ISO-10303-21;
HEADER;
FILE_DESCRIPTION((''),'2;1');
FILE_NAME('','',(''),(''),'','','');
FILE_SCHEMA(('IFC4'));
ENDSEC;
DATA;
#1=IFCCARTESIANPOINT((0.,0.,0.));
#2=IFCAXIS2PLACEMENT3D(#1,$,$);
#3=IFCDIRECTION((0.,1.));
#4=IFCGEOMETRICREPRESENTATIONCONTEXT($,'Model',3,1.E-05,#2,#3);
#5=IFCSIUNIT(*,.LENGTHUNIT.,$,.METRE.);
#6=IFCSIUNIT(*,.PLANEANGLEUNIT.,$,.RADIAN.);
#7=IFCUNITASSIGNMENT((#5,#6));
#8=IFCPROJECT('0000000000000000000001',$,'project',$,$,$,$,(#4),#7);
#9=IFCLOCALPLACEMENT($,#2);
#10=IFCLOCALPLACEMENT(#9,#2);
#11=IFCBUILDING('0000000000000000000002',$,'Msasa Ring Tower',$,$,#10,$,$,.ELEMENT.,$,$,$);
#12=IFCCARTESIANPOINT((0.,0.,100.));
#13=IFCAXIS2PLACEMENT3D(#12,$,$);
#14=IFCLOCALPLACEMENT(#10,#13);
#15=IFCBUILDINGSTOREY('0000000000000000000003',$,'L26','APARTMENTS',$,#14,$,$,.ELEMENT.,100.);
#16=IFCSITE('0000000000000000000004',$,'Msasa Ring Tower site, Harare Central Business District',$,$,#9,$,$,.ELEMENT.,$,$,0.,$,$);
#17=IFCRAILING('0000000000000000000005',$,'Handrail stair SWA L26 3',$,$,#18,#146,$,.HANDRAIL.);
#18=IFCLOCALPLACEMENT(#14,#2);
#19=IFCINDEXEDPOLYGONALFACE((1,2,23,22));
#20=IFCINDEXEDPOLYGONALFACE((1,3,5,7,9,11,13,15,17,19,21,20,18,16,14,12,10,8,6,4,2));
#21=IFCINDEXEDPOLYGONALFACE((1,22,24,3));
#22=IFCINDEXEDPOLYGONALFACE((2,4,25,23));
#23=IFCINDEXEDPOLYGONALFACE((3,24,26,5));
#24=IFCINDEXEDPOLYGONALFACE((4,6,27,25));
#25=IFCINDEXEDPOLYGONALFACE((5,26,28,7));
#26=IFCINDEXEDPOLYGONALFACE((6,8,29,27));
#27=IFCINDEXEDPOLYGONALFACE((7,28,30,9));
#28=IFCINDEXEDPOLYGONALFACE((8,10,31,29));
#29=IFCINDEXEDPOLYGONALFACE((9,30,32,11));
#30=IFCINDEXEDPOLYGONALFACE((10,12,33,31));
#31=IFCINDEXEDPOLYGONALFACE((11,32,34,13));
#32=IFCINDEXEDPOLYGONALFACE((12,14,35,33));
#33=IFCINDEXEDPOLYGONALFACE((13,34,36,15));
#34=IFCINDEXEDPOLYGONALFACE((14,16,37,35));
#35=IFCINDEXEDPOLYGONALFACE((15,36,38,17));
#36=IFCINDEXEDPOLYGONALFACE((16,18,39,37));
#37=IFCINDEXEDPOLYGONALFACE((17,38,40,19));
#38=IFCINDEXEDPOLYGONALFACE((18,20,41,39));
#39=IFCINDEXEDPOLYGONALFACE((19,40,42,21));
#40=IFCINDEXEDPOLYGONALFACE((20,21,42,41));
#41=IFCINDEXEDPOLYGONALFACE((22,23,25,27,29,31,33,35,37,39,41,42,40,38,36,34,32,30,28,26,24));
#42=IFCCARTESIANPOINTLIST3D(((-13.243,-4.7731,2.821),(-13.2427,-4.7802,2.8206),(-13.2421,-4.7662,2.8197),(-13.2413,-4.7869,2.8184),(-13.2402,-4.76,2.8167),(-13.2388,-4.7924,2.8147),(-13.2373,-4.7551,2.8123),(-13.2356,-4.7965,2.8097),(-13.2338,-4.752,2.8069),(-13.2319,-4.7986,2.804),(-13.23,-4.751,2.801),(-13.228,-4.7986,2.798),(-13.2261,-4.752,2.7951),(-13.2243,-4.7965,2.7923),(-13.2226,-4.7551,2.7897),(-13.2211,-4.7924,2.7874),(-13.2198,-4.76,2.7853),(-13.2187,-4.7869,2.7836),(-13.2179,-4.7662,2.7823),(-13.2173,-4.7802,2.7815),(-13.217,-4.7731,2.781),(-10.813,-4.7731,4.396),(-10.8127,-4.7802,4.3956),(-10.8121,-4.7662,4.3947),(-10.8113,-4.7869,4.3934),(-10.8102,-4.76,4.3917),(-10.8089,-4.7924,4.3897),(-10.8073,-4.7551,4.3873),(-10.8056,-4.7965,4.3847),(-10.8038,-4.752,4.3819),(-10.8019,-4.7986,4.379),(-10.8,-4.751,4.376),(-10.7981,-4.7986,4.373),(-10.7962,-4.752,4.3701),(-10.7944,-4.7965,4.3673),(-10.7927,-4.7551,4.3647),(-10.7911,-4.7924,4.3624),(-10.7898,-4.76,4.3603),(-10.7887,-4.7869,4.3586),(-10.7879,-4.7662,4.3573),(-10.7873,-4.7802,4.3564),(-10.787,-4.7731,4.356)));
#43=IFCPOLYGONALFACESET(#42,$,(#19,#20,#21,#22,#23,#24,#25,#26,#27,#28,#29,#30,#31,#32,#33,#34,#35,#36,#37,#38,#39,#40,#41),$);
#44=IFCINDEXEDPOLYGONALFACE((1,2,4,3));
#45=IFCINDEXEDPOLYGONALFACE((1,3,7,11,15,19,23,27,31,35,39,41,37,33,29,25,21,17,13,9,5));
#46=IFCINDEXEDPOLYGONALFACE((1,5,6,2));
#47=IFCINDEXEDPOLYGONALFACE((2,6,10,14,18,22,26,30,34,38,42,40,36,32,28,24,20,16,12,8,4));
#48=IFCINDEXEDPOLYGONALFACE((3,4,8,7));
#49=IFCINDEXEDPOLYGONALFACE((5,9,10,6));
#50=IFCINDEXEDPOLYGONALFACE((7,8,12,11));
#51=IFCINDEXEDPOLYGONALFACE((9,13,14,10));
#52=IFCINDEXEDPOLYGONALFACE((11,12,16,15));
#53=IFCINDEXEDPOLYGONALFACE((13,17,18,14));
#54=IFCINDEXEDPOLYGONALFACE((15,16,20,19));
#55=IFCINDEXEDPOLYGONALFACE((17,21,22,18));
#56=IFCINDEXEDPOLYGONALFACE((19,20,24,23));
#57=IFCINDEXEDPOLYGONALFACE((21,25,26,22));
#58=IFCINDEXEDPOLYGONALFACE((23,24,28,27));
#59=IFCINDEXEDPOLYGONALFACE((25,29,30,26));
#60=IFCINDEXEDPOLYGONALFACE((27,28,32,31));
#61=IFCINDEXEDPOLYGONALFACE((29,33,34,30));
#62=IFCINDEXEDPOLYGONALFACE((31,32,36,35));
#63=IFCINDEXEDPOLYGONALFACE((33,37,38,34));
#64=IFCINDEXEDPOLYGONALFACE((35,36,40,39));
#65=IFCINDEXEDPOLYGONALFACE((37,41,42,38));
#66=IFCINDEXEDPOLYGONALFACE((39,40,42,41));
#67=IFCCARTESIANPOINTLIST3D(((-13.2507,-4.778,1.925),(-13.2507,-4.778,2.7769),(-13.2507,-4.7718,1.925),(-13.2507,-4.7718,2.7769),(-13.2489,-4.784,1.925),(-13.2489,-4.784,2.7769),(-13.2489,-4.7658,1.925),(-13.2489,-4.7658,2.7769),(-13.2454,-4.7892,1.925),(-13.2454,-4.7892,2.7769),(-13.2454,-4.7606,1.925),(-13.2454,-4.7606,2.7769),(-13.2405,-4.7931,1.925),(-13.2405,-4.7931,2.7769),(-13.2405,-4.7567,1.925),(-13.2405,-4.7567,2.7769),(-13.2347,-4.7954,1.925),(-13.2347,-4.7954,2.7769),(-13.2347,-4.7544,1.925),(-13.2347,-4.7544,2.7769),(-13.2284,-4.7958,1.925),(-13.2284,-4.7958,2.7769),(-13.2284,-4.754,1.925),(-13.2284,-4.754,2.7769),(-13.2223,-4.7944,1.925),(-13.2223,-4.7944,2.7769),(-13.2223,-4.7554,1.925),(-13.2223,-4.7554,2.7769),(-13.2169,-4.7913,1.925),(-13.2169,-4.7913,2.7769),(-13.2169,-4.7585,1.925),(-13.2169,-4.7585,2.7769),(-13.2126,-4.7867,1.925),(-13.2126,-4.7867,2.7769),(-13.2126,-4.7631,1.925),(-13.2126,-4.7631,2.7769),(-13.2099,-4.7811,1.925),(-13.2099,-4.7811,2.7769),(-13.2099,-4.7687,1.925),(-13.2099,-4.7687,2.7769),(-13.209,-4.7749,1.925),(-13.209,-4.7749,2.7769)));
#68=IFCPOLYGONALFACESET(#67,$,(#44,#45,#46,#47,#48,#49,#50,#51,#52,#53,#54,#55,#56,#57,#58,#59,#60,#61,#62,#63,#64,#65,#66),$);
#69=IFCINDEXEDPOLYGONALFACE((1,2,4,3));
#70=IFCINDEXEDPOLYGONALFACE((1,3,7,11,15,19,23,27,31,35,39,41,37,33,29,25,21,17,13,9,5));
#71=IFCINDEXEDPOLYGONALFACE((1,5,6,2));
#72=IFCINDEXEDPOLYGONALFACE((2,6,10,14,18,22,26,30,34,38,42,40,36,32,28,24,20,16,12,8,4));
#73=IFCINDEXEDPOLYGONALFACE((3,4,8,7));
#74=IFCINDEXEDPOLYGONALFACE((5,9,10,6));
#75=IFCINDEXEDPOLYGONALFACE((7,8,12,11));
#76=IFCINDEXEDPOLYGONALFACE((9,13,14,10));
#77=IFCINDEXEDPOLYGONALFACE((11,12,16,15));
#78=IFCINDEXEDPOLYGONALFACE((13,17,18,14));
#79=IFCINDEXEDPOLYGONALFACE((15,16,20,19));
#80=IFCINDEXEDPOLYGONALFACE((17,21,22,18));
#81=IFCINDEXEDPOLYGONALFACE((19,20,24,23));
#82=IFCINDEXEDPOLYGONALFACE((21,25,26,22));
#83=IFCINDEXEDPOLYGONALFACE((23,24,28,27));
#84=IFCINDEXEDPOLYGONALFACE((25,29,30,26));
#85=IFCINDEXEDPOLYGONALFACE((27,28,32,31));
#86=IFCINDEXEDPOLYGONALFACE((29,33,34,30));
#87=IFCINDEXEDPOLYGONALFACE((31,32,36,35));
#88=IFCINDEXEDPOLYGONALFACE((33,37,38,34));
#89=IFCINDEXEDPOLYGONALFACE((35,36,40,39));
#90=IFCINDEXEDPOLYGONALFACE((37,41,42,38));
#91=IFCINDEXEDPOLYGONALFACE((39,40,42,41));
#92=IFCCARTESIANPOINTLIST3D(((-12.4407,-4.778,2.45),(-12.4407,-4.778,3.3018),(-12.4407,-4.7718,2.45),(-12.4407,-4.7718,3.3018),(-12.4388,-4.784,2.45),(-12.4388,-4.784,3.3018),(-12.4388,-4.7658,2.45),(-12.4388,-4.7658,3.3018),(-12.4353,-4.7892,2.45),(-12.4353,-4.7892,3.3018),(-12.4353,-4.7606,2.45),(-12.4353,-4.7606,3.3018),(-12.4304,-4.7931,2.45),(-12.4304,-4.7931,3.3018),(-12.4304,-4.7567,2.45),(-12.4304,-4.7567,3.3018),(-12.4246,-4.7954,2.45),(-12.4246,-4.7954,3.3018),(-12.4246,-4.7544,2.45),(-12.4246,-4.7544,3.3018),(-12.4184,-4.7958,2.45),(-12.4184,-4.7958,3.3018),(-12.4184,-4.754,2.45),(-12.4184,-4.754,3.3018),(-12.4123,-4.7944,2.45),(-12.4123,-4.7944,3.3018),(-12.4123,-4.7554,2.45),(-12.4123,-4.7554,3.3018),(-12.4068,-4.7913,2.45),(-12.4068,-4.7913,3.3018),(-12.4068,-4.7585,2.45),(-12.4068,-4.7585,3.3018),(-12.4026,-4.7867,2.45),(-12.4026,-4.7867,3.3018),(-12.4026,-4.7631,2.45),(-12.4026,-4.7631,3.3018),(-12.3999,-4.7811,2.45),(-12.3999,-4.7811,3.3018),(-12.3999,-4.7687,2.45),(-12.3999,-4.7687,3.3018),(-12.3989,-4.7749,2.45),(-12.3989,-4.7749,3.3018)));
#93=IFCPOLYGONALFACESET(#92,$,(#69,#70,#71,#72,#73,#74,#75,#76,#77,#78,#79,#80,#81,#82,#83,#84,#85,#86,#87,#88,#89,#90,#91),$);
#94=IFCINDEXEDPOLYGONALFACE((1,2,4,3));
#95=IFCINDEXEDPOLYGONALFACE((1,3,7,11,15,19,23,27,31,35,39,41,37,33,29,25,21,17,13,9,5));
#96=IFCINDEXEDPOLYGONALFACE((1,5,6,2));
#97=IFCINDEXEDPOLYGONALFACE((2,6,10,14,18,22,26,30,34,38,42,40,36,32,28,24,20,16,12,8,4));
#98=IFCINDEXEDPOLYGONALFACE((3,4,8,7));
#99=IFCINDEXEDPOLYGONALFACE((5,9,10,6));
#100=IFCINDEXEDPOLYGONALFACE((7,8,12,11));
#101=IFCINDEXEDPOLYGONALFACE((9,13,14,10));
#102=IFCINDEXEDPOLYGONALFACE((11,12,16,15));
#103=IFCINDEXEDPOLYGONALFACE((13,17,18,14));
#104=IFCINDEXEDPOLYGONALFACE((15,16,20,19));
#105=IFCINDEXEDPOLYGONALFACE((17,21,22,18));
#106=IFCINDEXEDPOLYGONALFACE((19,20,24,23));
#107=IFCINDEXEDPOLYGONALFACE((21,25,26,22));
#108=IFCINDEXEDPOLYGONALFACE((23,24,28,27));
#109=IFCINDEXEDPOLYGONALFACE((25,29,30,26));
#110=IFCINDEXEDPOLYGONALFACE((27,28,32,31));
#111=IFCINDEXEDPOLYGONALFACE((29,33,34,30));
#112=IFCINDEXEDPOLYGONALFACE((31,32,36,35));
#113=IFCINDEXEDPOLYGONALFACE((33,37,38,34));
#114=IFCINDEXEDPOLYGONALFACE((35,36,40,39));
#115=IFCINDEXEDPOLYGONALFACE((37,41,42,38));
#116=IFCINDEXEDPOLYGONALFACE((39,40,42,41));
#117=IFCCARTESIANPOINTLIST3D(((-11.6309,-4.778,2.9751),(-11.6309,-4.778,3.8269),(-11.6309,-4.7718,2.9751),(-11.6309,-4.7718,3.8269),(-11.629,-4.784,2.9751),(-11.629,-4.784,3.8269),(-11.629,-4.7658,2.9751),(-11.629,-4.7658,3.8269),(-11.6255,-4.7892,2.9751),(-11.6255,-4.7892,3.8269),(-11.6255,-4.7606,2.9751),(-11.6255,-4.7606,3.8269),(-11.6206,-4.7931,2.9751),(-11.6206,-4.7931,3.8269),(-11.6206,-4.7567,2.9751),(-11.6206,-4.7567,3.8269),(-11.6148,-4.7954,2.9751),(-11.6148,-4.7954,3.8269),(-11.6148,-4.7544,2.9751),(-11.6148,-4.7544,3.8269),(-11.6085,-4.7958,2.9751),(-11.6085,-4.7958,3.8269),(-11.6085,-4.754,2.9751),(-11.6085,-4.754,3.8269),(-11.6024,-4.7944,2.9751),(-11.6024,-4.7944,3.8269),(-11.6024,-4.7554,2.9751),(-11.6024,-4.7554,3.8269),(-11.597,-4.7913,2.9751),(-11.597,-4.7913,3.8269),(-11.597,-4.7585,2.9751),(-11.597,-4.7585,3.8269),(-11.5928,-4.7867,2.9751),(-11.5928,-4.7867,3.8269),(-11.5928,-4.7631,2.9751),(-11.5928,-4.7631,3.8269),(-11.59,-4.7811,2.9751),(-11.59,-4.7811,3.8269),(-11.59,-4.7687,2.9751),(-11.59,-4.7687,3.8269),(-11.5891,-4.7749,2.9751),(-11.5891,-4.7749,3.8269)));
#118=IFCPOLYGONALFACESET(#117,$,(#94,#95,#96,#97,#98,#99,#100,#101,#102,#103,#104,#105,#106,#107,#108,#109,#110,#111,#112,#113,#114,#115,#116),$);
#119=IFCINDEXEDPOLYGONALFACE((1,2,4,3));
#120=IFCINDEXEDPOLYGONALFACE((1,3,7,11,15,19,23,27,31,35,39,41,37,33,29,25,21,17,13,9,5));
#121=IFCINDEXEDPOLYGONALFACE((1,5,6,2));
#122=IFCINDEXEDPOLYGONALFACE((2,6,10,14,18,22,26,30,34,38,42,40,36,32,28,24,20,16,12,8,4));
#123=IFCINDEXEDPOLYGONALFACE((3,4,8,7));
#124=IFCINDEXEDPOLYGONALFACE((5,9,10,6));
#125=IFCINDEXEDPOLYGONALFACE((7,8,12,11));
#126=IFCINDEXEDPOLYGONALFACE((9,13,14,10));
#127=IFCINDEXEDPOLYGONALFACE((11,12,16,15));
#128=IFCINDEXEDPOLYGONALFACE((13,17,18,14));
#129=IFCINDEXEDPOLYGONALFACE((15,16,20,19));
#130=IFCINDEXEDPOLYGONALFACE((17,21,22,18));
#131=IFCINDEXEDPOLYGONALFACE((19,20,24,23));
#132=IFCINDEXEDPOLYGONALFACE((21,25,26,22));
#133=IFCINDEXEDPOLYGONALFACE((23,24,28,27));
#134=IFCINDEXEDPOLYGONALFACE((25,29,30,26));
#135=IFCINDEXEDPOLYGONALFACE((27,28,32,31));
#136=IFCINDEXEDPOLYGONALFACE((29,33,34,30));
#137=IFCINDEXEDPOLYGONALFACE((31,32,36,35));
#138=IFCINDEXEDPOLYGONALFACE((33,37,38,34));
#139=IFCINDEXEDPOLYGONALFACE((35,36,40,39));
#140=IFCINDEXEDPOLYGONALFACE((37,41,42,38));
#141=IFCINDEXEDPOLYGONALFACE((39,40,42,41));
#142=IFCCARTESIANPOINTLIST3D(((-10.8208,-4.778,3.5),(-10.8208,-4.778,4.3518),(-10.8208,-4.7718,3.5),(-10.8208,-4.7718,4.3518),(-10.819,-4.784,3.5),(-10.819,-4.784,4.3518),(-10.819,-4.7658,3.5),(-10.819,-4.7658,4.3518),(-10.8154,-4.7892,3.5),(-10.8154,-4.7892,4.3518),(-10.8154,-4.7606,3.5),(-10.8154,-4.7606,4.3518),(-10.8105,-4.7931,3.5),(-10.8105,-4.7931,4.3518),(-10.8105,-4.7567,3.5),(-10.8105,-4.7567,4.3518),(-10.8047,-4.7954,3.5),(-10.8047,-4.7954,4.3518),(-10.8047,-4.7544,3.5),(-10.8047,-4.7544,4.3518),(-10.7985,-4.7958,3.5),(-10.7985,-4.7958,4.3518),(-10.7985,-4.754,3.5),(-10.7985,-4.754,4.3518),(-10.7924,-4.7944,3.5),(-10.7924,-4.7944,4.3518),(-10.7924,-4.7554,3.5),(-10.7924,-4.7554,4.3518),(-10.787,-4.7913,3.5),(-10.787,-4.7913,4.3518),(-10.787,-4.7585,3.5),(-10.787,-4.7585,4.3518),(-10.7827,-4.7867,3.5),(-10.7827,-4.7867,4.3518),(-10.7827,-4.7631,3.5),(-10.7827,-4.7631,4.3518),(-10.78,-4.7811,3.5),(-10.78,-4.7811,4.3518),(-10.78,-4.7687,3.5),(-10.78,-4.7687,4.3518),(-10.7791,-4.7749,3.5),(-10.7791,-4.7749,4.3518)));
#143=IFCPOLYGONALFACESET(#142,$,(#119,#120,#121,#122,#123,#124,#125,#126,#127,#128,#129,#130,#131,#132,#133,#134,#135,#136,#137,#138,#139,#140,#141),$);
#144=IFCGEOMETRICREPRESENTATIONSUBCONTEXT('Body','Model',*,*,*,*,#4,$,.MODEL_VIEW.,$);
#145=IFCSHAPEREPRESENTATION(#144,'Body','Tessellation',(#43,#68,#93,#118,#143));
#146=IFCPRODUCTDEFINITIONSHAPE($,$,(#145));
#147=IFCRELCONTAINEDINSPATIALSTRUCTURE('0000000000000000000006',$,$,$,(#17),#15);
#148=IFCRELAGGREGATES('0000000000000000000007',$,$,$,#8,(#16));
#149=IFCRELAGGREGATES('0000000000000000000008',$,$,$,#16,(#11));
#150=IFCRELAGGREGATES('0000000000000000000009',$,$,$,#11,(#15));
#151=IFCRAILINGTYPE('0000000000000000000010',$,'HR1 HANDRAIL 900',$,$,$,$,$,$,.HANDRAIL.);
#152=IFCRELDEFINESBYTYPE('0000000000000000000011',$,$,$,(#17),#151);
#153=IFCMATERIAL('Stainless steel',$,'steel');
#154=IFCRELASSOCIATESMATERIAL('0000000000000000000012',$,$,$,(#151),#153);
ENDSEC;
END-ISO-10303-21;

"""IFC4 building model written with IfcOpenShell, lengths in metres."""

from ifc_helpers import new_model, si_unit, direction, frame, origin, origin_2d, place, context, subcontext, project, spatial, circle, extrude, material, type_object, element, save


model = new_model("IFC4")

# Units and contexts
model_context = context("Model", 3, precision=1e-05, world=origin(), true_north=direction((0.0, 1.0)))
body_context = subcontext(model_context, "Body", "Model", "MODEL_VIEW")
ifc_project = project(units=[si_unit("LENGTHUNIT", "METRE"), si_unit("PLANEANGLEUNIT", "RADIAN")], contexts=[model_context])

# Site, building, storey
site_placement = place(None, origin())
site = spatial("IfcSite", under=ifc_project, at=site_placement, Name="Msasa Ring Tower site, Harare Central Business District", CompositionType="ELEMENT", RefElevation=0.0)
building_placement = place(site_placement, origin())
building = spatial("IfcBuilding", under=site, at=building_placement, Name="Msasa Ring Tower", CompositionType="ELEMENT")
storey_placement = place(building_placement, frame((0.0, 0.0, 100.0)))
storey = spatial("IfcBuildingStorey", under=building, at=storey_placement, Name="L26", Description="APARTMENTS", CompositionType="ELEMENT", Elevation=100.0)

# Railing
ifc_material_1 = material(Name="Stainless steel", Category="steel")
railing_type = type_object("IfcRailingType", Name="HR1 HANDRAIL 900", PredefinedType="HANDRAIL", material=ifc_material_1)
for number, where, name in (
    (1, (-13.23, -4.7749, 1.925), "Handrail stair SWA L26 3"),
):
    element("IfcRailing", number, at=place(storey_placement, frame(where)), inside=storey, type_object=railing_type, Name=name, PredefinedType="HANDRAIL", context=body_context, shape_type="SweptSolid", body=[
        extrude(circle(Radius=0.0239, at=origin_2d()), frame((0.0, 0.0, 0.876), z_axis=(0.839154, 0.0, 0.543894), x_axis=(0.0, 1.0, 0.0)), (0.0, 0.0, 1.0), 2.8958),
        extrude(circle(Radius=0.021, at=origin_2d()), origin(), (0.0, 0.0, 1.0), 0.8518),
        extrude(circle(Radius=0.021, at=origin_2d()), frame((0.8101, 0.0, 0.5249)), (0.0, 0.0, 1.0), 0.8518),
        extrude(circle(Radius=0.021, at=origin_2d()), frame((1.6199, 0.0, 1.05)), (0.0, 0.0, 1.0), 0.8518),
        extrude(circle(Radius=0.021, at=origin_2d()), frame((2.4299, 0.0, 1.575)), (0.0, 0.0, 1.0), 0.8518),
    ])

save(model, "model.ifc")
